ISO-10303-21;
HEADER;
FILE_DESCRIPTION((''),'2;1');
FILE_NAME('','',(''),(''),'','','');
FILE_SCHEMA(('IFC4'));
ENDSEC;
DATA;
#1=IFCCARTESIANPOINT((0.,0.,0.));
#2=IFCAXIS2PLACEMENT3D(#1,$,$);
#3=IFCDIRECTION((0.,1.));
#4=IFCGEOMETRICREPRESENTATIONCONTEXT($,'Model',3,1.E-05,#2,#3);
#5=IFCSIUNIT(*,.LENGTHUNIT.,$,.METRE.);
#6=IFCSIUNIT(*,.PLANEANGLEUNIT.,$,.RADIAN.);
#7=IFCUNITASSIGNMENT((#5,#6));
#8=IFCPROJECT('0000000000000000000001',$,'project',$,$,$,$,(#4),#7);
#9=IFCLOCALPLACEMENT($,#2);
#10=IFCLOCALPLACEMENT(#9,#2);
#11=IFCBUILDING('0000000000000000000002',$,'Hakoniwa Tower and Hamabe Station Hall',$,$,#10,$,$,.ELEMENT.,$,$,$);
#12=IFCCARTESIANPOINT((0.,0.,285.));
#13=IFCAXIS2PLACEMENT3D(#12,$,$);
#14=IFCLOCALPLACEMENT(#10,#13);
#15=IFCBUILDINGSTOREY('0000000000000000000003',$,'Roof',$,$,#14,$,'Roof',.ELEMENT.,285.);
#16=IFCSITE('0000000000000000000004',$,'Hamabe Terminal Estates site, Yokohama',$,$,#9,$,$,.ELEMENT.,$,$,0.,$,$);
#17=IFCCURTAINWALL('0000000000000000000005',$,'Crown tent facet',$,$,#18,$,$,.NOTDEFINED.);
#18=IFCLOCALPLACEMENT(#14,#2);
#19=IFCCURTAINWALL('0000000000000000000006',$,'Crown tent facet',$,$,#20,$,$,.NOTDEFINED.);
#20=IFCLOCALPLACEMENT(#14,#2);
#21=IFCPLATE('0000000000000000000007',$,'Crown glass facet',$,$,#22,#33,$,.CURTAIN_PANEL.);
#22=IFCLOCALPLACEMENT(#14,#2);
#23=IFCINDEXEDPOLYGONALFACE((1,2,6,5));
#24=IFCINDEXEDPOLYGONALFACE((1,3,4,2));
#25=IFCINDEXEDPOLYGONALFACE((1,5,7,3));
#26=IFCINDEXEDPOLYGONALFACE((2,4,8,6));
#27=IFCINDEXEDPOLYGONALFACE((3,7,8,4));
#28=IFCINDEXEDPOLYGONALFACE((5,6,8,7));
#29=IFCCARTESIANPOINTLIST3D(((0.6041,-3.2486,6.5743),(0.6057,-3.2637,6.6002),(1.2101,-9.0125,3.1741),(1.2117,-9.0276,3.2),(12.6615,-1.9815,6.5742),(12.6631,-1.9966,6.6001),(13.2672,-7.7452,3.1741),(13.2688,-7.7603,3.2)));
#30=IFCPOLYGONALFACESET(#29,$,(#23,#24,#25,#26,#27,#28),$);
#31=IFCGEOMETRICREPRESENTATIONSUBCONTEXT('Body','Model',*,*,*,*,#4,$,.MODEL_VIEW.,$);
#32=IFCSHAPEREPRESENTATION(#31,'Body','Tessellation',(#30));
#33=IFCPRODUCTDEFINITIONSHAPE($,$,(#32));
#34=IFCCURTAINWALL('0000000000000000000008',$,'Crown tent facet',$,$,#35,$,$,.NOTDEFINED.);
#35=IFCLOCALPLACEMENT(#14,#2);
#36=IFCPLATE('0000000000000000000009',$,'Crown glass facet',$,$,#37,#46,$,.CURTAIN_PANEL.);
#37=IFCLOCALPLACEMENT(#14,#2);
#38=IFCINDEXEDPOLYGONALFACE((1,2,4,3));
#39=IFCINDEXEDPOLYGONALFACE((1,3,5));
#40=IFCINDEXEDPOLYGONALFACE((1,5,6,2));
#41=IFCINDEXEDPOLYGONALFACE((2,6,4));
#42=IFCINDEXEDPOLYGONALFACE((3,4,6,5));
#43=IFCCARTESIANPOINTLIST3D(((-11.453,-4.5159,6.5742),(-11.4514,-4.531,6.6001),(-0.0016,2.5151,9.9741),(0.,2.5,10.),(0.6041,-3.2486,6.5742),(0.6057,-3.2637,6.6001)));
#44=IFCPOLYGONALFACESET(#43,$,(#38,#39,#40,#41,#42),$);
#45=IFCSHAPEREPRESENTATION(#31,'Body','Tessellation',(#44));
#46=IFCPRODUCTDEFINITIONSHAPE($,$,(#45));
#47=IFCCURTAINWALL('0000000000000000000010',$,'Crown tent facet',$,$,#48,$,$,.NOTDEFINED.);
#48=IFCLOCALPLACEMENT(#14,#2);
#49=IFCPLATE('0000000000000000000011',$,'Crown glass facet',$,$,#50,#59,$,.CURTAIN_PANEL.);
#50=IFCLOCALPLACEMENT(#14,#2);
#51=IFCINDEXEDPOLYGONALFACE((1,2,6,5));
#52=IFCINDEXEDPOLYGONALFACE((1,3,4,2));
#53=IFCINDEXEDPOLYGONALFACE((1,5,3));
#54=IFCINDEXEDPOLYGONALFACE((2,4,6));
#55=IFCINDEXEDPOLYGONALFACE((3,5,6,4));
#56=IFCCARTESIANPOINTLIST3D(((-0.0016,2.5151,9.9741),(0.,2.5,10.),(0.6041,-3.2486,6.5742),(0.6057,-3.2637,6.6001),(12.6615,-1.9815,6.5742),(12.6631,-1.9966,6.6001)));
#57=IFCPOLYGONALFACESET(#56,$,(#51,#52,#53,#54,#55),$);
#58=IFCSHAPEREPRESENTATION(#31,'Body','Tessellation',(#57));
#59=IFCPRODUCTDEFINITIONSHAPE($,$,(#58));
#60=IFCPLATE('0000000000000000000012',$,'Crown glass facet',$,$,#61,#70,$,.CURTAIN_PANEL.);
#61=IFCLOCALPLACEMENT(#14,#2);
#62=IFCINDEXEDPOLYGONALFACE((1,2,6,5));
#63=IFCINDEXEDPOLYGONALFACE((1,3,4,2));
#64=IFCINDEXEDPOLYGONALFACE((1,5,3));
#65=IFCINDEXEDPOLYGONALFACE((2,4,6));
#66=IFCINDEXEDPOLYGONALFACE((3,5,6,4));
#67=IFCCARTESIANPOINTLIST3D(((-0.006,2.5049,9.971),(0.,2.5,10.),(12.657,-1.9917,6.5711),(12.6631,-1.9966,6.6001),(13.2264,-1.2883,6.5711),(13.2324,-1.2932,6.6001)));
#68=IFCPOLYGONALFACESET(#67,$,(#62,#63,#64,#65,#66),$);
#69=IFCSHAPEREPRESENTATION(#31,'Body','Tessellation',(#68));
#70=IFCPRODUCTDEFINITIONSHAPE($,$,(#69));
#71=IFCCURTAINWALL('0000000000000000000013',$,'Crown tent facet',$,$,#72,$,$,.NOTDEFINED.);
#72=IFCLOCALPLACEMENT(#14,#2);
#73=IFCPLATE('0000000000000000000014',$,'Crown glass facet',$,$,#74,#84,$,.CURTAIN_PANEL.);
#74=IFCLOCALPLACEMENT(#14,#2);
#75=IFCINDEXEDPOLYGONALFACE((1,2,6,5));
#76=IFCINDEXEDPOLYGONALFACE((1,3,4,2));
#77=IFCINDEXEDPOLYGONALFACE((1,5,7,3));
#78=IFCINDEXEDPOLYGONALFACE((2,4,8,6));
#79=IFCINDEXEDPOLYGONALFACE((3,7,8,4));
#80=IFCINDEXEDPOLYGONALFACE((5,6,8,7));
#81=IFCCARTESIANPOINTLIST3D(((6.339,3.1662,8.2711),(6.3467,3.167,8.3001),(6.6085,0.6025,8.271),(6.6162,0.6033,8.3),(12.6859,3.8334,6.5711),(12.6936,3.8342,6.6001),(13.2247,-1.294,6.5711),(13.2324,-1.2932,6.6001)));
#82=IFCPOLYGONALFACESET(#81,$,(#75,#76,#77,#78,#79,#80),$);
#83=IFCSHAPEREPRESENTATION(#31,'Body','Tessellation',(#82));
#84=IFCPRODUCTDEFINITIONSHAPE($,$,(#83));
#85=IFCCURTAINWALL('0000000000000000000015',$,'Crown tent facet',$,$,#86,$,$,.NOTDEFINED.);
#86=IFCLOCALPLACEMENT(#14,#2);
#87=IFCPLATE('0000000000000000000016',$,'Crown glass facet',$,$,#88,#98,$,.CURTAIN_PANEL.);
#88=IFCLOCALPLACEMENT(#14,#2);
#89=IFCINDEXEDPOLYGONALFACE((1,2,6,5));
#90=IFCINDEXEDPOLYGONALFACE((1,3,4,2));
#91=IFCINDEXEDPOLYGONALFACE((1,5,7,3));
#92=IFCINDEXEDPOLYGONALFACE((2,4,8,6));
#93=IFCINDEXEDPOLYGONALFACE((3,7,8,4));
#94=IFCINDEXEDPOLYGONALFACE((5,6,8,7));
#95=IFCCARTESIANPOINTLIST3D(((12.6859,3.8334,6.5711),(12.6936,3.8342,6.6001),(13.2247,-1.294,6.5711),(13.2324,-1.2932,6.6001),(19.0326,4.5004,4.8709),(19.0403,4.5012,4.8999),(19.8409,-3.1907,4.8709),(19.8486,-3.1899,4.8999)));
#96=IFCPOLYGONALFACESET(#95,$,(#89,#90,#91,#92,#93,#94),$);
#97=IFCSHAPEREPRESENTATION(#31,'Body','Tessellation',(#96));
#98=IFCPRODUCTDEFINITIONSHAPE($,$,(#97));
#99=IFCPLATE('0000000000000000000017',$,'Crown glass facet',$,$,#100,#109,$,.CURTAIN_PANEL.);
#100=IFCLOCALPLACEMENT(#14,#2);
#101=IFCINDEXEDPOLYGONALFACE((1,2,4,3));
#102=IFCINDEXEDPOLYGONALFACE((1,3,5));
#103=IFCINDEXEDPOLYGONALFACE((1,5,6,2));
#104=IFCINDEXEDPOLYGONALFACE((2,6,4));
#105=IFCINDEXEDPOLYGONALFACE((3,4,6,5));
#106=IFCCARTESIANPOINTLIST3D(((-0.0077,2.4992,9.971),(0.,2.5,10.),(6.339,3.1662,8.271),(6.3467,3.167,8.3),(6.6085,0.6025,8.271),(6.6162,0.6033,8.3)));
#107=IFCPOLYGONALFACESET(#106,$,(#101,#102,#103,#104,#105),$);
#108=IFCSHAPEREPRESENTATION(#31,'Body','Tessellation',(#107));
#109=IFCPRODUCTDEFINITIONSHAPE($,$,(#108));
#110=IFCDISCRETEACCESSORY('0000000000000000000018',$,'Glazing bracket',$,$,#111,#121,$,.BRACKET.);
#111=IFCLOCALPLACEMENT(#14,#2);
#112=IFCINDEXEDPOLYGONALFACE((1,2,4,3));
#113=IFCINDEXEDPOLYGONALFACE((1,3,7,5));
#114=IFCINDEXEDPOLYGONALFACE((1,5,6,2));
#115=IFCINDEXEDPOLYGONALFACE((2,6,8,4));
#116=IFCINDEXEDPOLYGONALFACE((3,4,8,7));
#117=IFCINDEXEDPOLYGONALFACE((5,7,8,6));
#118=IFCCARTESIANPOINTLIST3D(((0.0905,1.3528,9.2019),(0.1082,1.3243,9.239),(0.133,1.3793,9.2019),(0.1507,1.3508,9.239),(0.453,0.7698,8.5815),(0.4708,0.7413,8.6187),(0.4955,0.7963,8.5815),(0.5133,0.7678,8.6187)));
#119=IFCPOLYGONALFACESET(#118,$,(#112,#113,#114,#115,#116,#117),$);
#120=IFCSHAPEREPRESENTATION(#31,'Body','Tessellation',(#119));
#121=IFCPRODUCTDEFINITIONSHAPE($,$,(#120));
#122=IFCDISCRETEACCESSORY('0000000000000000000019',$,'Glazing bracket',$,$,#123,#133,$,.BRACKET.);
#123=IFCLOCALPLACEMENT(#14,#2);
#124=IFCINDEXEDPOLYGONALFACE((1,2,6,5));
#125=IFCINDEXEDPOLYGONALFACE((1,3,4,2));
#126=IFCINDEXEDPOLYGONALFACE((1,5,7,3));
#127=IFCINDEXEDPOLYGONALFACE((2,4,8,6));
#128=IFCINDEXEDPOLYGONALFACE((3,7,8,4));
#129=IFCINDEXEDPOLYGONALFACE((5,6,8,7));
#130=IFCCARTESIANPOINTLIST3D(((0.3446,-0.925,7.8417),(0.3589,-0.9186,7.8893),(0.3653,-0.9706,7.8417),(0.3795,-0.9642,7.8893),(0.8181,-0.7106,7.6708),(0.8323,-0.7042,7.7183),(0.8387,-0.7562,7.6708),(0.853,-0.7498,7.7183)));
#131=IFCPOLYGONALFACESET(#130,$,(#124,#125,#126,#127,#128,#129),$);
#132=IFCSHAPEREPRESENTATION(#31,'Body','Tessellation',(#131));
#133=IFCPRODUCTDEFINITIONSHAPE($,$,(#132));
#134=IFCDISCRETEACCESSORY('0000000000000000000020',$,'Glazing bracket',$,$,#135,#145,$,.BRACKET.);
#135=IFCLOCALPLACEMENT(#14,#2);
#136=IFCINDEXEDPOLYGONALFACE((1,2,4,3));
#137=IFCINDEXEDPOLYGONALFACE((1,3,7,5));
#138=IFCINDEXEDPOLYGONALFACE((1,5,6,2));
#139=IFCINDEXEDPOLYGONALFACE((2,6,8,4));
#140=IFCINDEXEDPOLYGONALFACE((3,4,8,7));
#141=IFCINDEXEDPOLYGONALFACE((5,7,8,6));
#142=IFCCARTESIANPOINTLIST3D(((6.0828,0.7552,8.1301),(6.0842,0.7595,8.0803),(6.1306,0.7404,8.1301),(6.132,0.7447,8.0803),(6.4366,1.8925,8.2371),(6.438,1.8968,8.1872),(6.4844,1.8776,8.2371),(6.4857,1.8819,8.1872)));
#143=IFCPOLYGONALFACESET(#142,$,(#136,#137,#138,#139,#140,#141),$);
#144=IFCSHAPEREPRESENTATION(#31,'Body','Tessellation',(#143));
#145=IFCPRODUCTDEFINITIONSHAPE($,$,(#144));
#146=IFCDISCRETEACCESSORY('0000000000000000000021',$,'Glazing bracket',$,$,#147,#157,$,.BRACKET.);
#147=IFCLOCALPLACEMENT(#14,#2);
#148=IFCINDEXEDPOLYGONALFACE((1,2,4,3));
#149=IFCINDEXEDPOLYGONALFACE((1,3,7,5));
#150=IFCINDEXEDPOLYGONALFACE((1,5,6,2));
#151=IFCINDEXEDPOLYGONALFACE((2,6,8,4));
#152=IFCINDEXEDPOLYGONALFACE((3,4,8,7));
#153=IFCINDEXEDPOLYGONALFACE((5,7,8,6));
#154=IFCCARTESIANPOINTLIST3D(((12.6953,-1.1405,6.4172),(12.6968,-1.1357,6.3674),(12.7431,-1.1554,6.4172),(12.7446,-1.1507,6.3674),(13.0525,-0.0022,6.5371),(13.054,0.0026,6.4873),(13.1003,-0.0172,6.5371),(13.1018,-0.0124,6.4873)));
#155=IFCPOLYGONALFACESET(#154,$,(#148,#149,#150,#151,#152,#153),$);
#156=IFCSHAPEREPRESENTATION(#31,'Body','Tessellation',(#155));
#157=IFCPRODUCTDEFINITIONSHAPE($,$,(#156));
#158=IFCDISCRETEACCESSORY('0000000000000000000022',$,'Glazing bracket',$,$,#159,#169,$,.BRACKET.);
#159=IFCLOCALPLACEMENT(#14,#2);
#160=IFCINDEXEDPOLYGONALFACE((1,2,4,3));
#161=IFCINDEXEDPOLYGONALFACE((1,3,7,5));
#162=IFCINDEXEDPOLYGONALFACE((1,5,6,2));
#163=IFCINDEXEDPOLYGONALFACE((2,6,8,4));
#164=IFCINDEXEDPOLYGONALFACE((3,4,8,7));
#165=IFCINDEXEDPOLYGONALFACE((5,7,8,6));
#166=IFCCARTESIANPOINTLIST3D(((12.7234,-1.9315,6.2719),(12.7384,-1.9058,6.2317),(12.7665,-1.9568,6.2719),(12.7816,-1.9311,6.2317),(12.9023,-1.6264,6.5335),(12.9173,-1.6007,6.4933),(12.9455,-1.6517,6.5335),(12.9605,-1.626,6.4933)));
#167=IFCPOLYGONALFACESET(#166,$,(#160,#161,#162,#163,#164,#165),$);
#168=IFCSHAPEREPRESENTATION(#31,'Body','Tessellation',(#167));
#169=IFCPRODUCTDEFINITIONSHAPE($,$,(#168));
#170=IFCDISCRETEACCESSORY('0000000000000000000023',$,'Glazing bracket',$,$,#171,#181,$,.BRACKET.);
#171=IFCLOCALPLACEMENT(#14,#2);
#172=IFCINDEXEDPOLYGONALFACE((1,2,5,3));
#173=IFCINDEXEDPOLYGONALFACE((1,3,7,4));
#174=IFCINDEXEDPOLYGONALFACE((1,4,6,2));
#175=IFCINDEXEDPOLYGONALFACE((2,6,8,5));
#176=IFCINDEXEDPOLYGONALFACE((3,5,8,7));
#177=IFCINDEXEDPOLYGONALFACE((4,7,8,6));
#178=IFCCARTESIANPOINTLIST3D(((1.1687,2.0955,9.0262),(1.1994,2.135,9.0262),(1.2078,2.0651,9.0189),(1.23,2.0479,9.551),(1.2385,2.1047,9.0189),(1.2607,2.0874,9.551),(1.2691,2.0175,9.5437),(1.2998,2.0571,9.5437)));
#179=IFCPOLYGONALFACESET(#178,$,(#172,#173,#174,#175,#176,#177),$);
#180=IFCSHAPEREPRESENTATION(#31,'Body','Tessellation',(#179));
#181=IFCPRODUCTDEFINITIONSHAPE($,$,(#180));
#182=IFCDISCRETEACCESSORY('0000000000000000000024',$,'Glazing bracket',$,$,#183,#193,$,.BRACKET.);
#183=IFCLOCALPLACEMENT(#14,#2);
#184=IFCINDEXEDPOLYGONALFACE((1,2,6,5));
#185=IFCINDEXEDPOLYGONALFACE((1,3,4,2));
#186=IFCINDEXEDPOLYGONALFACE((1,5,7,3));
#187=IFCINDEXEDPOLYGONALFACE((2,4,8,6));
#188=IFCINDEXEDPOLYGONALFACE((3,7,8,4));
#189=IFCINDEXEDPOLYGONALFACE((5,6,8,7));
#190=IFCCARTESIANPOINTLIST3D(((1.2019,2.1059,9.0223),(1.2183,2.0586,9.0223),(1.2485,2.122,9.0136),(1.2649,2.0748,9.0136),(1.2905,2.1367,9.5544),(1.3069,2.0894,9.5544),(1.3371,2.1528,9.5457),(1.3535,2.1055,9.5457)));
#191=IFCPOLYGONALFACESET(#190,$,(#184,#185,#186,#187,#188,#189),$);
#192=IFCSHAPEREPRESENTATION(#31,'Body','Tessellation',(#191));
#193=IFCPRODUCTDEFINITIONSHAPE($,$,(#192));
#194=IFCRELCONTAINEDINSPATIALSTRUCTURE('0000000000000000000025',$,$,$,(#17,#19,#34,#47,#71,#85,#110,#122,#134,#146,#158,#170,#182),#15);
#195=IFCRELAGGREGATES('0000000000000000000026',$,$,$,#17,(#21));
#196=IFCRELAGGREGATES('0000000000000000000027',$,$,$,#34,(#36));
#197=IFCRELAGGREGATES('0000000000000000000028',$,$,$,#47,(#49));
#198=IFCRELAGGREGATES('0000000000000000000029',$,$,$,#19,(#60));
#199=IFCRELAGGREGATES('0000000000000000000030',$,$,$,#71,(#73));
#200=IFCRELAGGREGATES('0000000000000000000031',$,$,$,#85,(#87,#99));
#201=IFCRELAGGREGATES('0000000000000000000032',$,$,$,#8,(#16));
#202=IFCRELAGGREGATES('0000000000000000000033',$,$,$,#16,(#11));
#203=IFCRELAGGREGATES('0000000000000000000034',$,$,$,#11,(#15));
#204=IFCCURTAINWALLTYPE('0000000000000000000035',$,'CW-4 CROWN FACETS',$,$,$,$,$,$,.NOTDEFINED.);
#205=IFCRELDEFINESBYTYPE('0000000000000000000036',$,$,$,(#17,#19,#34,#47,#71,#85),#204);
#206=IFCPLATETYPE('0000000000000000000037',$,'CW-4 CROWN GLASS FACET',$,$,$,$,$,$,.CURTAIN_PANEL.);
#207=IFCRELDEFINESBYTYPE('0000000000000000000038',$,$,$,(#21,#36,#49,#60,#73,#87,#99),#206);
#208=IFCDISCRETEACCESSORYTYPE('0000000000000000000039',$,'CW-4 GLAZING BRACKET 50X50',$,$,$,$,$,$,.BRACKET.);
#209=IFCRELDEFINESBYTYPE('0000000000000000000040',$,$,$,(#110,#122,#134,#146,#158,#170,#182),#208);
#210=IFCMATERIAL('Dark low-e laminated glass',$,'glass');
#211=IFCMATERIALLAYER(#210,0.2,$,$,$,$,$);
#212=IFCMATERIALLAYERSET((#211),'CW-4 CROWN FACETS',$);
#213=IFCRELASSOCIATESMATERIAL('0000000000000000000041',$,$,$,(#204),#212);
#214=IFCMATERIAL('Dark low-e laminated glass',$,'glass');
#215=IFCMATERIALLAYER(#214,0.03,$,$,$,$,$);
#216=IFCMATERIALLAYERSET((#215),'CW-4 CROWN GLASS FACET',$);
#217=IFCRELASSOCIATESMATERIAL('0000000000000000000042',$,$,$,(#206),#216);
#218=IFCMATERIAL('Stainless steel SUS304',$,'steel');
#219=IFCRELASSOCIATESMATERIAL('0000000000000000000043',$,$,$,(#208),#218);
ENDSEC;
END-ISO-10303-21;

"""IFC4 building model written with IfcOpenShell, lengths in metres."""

from ifc_helpers import new_model, si_unit, direction, frame, origin, origin_2d, place, context, subcontext, project, spatial, polyline, rectangle, outline, extrude, material, layer, layer_set, material_profile, profile_set, type_object, element, aggregate, save


model = new_model("IFC4")

# Units and contexts
model_context = context("Model", 3, precision=1e-05, world=origin(), true_north=direction((0.0, 1.0)))
body_context = subcontext(model_context, "Body", "Model", "MODEL_VIEW")
ifc_project = project(units=[si_unit("LENGTHUNIT", "METRE"), si_unit("PLANEANGLEUNIT", "RADIAN")], contexts=[model_context])

# Site, building, storey
site_placement = place(None, origin())
site = spatial("IfcSite", under=ifc_project, at=site_placement, Name="Hamabe Terminal Estates site, Yokohama", CompositionType="ELEMENT", RefElevation=0.0)
building_placement = place(site_placement, origin())
building = spatial("IfcBuilding", under=site, at=building_placement, Name="Hakoniwa Tower and Hamabe Station Hall", CompositionType="ELEMENT")
storey_placement = place(building_placement, frame((0.0, 0.0, 285.0)))
storey = spatial("IfcBuildingStorey", under=building, at=storey_placement, Name="Roof", LongName="Roof", CompositionType="ELEMENT", Elevation=285.0)

# Curtain walls
ifc_material_1 = material(Name="Dark low-e laminated glass", Category="glass")
ifc_layer_1 = layer(ifc_material_1, 0.2)
ifc_layer_set_1 = layer_set([ifc_layer_1], Name="CW-4 CROWN FACETS")
curtain_wall_type = type_object("IfcCurtainWallType", Name="CW-4 CROWN FACETS", PredefinedType="NOTDEFINED", material=ifc_layer_set_1)
curtain_wall_1_placement = place(storey_placement, origin())
curtain_wall_1 = element("IfcCurtainWall", 1, at=curtain_wall_1_placement, inside=storey, type_object=curtain_wall_type, Name="Crown tent facet", PredefinedType="NOTDEFINED")
curtain_wall_2_placement = place(storey_placement, origin())
curtain_wall_2 = element("IfcCurtainWall", 2, at=curtain_wall_2_placement, inside=storey, type_object=curtain_wall_type, Name="Crown tent facet", PredefinedType="NOTDEFINED")

# Shared definitions
ifc_material_2 = material(Name="Dark low-e laminated glass", Category="glass")
ifc_layer_2 = layer(ifc_material_2, 0.03)
ifc_layer_set_2 = layer_set([ifc_layer_2], Name="CW-4 CROWN GLASS FACET")
plate_type = type_object("IfcPlateType", Name="CW-4 CROWN GLASS FACET", PredefinedType="CURTAIN_PANEL", material=ifc_layer_set_2)

# Plate
plate_1_placement = place(storey_placement, frame((12.6631, -1.9966, 6.6001), z_axis=(0.052892, -0.503253, 0.862519), x_axis=(0.090147, -0.857795, -0.506025)))
plate_1 = element("IfcPlate", 3, at=plate_1_placement, type_object=plate_type, Name="Crown glass facet", PredefinedType="CURTAIN_PANEL", context=body_context, shape_type="SweptSolid", body=[
    extrude(outline(polyline([(0.0, 0.0), (6.7192, 0.0), (6.7194, -12.1236), (0.0, -12.1238), (0.0, 0.0)])), origin(), (0.0, 0.0, -1.0), 0.03),
])
aggregate(curtain_wall_1, [plate_1])

# Curtain walls, plates
curtain_wall_3_placement = place(storey_placement, origin())
curtain_wall_3 = element("IfcCurtainWall", 4, at=curtain_wall_3_placement, inside=storey, type_object=curtain_wall_type, Name="Crown tent facet", PredefinedType="NOTDEFINED")
plate_2_placement = place(storey_placement, frame((0.0, 2.5, 10.0), z_axis=(0.052895, -0.503234, 0.86253), x_axis=(0.090148, -0.857806, -0.506007)))
plate_2 = element("IfcPlate", 5, at=plate_2_placement, type_object=plate_type, Name="Crown glass facet", PredefinedType="CURTAIN_PANEL", context=body_context, shape_type="SweptSolid", body=[
    extrude(outline(polyline([(0.0, 0.0), (6.7191, 0.0), (6.7193, -12.1236), (0.0, 0.0)])), origin(), (0.0, 0.0, -1.0), 0.03),
])
aggregate(curtain_wall_3, [plate_2])
curtain_wall_4_placement = place(storey_placement, origin())
curtain_wall_4 = element("IfcCurtainWall", 6, at=curtain_wall_4_placement, inside=storey, type_object=curtain_wall_type, Name="Crown tent facet", PredefinedType="NOTDEFINED")
plate_3_placement = place(storey_placement, frame((12.6631, -1.9966, 6.6001), z_axis=(0.052884, -0.503235, 0.86253), x_axis=(-0.994524, -0.104513, 0.0)))
plate_3 = element("IfcPlate", 7, at=plate_3_placement, type_object=plate_type, Name="Crown glass facet", PredefinedType="CURTAIN_PANEL", context=body_context, shape_type="SweptSolid", body=[
    extrude(outline(polyline([(0.0, 0.0), (12.1238, 0.0), (12.1238, -6.7191), (0.0, 0.0)])), origin(), (0.0, 0.0, -1.0), 0.03),
])
aggregate(curtain_wall_4, [plate_3])

# Plate
plate_4_placement = place(storey_placement, frame((13.2324, -1.2932, 6.6001), z_axis=(0.201423, -0.16304, 0.96584), x_axis=(-0.629159, -0.777276, 0.0)))
plate_4 = element("IfcPlate", 8, at=plate_4_placement, type_object=plate_type, Name="Crown glass facet", PredefinedType="CURTAIN_PANEL", context=body_context, shape_type="SweptSolid", body=[
    extrude(outline(polyline([(0.0, 0.0), (0.9049, 0.0), (5.3769, -13.12), (0.0, 0.0)])), origin(), (0.0, 0.0, -1.0), 0.03),
])
aggregate(curtain_wall_2, [plate_4])

# Curtain wall, plate
curtain_wall_5_placement = place(storey_placement, origin())
curtain_wall_5 = element("IfcCurtainWall", 9, at=curtain_wall_5_placement, inside=storey, type_object=curtain_wall_type, Name="Crown tent facet", PredefinedType="NOTDEFINED")
plate_5_placement = place(storey_placement, frame((6.6162, 0.6033, 8.3), z_axis=(0.255989, 0.026905, 0.966305), x_axis=(-0.104555, 0.994519, 0.000008)))
plate_5 = element("IfcPlate", 10, at=plate_5_placement, type_object=plate_type, Name="Crown glass facet", PredefinedType="CURTAIN_PANEL", context=body_context, shape_type="SweptSolid", body=[
    extrude(outline(polyline([(0.0, 0.0), (2.5779, 0.0), (2.5778, -6.6044), (-2.5779, -6.6042), (0.0, 0.0)])), origin(), (0.0, 0.0, -1.0), 0.03),
])
aggregate(curtain_wall_5, [plate_5])

# Curtain wall, plates
curtain_wall_6_placement = place(storey_placement, origin())
curtain_wall_6 = element("IfcCurtainWall", 11, at=curtain_wall_6_placement, inside=storey, type_object=curtain_wall_type, Name="Crown tent facet", PredefinedType="NOTDEFINED")
plate_6_placement = place(storey_placement, frame((13.2324, -1.2932, 6.6001), z_axis=(0.256028, 0.026907, 0.966295), x_axis=(-0.10451, 0.994524, -0.000002)))
plate_6 = element("IfcPlate", 12, at=plate_6_placement, type_object=plate_type, Name="Crown glass facet", PredefinedType="CURTAIN_PANEL", context=body_context, shape_type="SweptSolid", body=[
    extrude(outline(polyline([(0.0, 0.0), (5.1557, 0.0), (5.1557, -6.6042), (-2.5778, -6.6043), (0.0, 0.0)])), origin(), (0.0, 0.0, -1.0), 0.03),
])
plate_7_placement = place(storey_placement, frame((0.0, 2.5, 10.0), z_axis=(0.255995, 0.026913, 0.966303), x_axis=(0.961011, 0.100996, -0.257406)))
plate_7 = element("IfcPlate", 13, at=plate_7_placement, type_object=plate_type, Name="Crown glass facet", PredefinedType="CURTAIN_PANEL", context=body_context, shape_type="SweptSolid", body=[
    extrude(outline(polyline([(0.0, 0.0), (6.6042, 0.0), (6.6043, -2.5779), (0.0, 0.0)])), origin(), (0.0, 0.0, -1.0), 0.03),
])
aggregate(curtain_wall_6, [plate_6, plate_7])

# Discrete accessories
ifc_material_3 = material(Name="Stainless steel SUS304", Category="steel")
ifc_material_profile_1 = material_profile(ifc_material_3, rectangle(XDim=0.05, YDim=0.05, at=origin_2d()), Name="CW-4 GLAZING BRACKET 50X50")
ifc_profile_set_1 = profile_set([ifc_material_profile_1], Name="Stainless steel SUS304")
discrete_accessory_type = type_object("IfcDiscreteAccessoryType", Name="CW-4 GLAZING BRACKET 50X50", PredefinedType="BRACKET", material=ifc_profile_set_1)
discrete_accessory_1_placement = place(storey_placement, frame((0.1206, 1.3518, 9.2205), z_axis=(0.391816, -0.630071, -0.67044), x_axis=(0.849195, 0.52808, 0.0)))
element("IfcDiscreteAccessory", 14, at=discrete_accessory_1_placement, inside=storey, type_object=discrete_accessory_type, Name="Glazing bracket", PredefinedType="BRACKET", context=body_context, shape_type="SweptSolid", body=[
    extrude(rectangle(XDim=0.05, YDim=0.05, at=origin_2d()), origin(), (0.0, 0.0, 1.0), 0.9253),
])
discrete_accessory_2_placement = place(storey_placement, frame((0.3621, -0.9446, 7.8655), z_axis=(0.865366, 0.391847, -0.312406), x_axis=(-0.412493, 0.910961, 0.0)))
element("IfcDiscreteAccessory", 15, at=discrete_accessory_2_placement, inside=storey, type_object=discrete_accessory_type, Name="Glazing bracket", PredefinedType="BRACKET", context=body_context, shape_type="SweptSolid", body=[
    extrude(rectangle(XDim=0.05, YDim=0.05, at=origin_2d()), origin(), (0.0, 0.0, 1.0), 0.5471),
])
discrete_accessory_3_placement = place(storey_placement, frame((6.4612, 1.8872, 8.2122), z_axis=(-0.295847, -0.95104, -0.089428), x_axis=(0.954866, -0.297037, 0.0)))
element("IfcDiscreteAccessory", 16, at=discrete_accessory_3_placement, inside=storey, type_object=discrete_accessory_type, Name="Glazing bracket", PredefinedType="BRACKET", context=body_context, shape_type="SweptSolid", body=[
    extrude(rectangle(XDim=0.05, YDim=0.05, at=origin_2d()), origin(), (0.0, 0.0, 1.0), 1.1958),
])
discrete_accessory_4_placement = place(storey_placement, frame((13.0771, -0.0073, 6.5122), z_axis=(-0.297916, -0.949341, -0.099984), x_axis=(0.954122, -0.299417, 0.0)))
element("IfcDiscreteAccessory", 17, at=discrete_accessory_4_placement, inside=storey, type_object=discrete_accessory_type, Name="Glazing bracket", PredefinedType="BRACKET", context=body_context, shape_type="SweptSolid", body=[
    extrude(rectangle(XDim=0.05, YDim=0.05, at=origin_2d()), origin(), (0.0, 0.0, 1.0), 1.199),
])
discrete_accessory_5_placement = place(storey_placement, frame((12.9314, -1.6262, 6.5134), z_axis=(-0.40666, -0.693485, -0.594733), x_axis=(0.862625, -0.505843, 0.0)))
element("IfcDiscreteAccessory", 18, at=discrete_accessory_5_placement, inside=storey, type_object=discrete_accessory_type, Name="Glazing bracket", PredefinedType="BRACKET", context=body_context, shape_type="SweptSolid", body=[
    extrude(rectangle(XDim=0.05, YDim=0.05, at=origin_2d()), origin(), (0.0, 0.0, 1.0), 0.4399),
])
discrete_accessory_6_placement = place(storey_placement, frame((1.2649, 2.0525, 9.5474), z_axis=(-0.115489, 0.089723, -0.989248), x_axis=(-0.613505, -0.789691, 0.0)))
element("IfcDiscreteAccessory", 19, at=discrete_accessory_6_placement, inside=storey, type_object=discrete_accessory_type, Name="Glazing bracket", PredefinedType="BRACKET", context=body_context, shape_type="SweptSolid", body=[
    extrude(rectangle(XDim=0.05, YDim=0.05, at=origin_2d()), origin(), (0.0, 0.0, 1.0), 0.5305),
])
discrete_accessory_7_placement = place(storey_placement, frame((1.322, 2.1211, 9.55), z_axis=(-0.164059, -0.056946, -0.984805), x_axis=(0.327915, -0.944707, 0.0)))
element("IfcDiscreteAccessory", 20, at=discrete_accessory_7_placement, inside=storey, type_object=discrete_accessory_type, Name="Glazing bracket", PredefinedType="BRACKET", context=body_context, shape_type="SweptSolid", body=[
    extrude(rectangle(XDim=0.05, YDim=0.05, at=origin_2d()), origin(), (0.0, 0.0, 1.0), 0.5403),
])

save(model, "model.ifc")
